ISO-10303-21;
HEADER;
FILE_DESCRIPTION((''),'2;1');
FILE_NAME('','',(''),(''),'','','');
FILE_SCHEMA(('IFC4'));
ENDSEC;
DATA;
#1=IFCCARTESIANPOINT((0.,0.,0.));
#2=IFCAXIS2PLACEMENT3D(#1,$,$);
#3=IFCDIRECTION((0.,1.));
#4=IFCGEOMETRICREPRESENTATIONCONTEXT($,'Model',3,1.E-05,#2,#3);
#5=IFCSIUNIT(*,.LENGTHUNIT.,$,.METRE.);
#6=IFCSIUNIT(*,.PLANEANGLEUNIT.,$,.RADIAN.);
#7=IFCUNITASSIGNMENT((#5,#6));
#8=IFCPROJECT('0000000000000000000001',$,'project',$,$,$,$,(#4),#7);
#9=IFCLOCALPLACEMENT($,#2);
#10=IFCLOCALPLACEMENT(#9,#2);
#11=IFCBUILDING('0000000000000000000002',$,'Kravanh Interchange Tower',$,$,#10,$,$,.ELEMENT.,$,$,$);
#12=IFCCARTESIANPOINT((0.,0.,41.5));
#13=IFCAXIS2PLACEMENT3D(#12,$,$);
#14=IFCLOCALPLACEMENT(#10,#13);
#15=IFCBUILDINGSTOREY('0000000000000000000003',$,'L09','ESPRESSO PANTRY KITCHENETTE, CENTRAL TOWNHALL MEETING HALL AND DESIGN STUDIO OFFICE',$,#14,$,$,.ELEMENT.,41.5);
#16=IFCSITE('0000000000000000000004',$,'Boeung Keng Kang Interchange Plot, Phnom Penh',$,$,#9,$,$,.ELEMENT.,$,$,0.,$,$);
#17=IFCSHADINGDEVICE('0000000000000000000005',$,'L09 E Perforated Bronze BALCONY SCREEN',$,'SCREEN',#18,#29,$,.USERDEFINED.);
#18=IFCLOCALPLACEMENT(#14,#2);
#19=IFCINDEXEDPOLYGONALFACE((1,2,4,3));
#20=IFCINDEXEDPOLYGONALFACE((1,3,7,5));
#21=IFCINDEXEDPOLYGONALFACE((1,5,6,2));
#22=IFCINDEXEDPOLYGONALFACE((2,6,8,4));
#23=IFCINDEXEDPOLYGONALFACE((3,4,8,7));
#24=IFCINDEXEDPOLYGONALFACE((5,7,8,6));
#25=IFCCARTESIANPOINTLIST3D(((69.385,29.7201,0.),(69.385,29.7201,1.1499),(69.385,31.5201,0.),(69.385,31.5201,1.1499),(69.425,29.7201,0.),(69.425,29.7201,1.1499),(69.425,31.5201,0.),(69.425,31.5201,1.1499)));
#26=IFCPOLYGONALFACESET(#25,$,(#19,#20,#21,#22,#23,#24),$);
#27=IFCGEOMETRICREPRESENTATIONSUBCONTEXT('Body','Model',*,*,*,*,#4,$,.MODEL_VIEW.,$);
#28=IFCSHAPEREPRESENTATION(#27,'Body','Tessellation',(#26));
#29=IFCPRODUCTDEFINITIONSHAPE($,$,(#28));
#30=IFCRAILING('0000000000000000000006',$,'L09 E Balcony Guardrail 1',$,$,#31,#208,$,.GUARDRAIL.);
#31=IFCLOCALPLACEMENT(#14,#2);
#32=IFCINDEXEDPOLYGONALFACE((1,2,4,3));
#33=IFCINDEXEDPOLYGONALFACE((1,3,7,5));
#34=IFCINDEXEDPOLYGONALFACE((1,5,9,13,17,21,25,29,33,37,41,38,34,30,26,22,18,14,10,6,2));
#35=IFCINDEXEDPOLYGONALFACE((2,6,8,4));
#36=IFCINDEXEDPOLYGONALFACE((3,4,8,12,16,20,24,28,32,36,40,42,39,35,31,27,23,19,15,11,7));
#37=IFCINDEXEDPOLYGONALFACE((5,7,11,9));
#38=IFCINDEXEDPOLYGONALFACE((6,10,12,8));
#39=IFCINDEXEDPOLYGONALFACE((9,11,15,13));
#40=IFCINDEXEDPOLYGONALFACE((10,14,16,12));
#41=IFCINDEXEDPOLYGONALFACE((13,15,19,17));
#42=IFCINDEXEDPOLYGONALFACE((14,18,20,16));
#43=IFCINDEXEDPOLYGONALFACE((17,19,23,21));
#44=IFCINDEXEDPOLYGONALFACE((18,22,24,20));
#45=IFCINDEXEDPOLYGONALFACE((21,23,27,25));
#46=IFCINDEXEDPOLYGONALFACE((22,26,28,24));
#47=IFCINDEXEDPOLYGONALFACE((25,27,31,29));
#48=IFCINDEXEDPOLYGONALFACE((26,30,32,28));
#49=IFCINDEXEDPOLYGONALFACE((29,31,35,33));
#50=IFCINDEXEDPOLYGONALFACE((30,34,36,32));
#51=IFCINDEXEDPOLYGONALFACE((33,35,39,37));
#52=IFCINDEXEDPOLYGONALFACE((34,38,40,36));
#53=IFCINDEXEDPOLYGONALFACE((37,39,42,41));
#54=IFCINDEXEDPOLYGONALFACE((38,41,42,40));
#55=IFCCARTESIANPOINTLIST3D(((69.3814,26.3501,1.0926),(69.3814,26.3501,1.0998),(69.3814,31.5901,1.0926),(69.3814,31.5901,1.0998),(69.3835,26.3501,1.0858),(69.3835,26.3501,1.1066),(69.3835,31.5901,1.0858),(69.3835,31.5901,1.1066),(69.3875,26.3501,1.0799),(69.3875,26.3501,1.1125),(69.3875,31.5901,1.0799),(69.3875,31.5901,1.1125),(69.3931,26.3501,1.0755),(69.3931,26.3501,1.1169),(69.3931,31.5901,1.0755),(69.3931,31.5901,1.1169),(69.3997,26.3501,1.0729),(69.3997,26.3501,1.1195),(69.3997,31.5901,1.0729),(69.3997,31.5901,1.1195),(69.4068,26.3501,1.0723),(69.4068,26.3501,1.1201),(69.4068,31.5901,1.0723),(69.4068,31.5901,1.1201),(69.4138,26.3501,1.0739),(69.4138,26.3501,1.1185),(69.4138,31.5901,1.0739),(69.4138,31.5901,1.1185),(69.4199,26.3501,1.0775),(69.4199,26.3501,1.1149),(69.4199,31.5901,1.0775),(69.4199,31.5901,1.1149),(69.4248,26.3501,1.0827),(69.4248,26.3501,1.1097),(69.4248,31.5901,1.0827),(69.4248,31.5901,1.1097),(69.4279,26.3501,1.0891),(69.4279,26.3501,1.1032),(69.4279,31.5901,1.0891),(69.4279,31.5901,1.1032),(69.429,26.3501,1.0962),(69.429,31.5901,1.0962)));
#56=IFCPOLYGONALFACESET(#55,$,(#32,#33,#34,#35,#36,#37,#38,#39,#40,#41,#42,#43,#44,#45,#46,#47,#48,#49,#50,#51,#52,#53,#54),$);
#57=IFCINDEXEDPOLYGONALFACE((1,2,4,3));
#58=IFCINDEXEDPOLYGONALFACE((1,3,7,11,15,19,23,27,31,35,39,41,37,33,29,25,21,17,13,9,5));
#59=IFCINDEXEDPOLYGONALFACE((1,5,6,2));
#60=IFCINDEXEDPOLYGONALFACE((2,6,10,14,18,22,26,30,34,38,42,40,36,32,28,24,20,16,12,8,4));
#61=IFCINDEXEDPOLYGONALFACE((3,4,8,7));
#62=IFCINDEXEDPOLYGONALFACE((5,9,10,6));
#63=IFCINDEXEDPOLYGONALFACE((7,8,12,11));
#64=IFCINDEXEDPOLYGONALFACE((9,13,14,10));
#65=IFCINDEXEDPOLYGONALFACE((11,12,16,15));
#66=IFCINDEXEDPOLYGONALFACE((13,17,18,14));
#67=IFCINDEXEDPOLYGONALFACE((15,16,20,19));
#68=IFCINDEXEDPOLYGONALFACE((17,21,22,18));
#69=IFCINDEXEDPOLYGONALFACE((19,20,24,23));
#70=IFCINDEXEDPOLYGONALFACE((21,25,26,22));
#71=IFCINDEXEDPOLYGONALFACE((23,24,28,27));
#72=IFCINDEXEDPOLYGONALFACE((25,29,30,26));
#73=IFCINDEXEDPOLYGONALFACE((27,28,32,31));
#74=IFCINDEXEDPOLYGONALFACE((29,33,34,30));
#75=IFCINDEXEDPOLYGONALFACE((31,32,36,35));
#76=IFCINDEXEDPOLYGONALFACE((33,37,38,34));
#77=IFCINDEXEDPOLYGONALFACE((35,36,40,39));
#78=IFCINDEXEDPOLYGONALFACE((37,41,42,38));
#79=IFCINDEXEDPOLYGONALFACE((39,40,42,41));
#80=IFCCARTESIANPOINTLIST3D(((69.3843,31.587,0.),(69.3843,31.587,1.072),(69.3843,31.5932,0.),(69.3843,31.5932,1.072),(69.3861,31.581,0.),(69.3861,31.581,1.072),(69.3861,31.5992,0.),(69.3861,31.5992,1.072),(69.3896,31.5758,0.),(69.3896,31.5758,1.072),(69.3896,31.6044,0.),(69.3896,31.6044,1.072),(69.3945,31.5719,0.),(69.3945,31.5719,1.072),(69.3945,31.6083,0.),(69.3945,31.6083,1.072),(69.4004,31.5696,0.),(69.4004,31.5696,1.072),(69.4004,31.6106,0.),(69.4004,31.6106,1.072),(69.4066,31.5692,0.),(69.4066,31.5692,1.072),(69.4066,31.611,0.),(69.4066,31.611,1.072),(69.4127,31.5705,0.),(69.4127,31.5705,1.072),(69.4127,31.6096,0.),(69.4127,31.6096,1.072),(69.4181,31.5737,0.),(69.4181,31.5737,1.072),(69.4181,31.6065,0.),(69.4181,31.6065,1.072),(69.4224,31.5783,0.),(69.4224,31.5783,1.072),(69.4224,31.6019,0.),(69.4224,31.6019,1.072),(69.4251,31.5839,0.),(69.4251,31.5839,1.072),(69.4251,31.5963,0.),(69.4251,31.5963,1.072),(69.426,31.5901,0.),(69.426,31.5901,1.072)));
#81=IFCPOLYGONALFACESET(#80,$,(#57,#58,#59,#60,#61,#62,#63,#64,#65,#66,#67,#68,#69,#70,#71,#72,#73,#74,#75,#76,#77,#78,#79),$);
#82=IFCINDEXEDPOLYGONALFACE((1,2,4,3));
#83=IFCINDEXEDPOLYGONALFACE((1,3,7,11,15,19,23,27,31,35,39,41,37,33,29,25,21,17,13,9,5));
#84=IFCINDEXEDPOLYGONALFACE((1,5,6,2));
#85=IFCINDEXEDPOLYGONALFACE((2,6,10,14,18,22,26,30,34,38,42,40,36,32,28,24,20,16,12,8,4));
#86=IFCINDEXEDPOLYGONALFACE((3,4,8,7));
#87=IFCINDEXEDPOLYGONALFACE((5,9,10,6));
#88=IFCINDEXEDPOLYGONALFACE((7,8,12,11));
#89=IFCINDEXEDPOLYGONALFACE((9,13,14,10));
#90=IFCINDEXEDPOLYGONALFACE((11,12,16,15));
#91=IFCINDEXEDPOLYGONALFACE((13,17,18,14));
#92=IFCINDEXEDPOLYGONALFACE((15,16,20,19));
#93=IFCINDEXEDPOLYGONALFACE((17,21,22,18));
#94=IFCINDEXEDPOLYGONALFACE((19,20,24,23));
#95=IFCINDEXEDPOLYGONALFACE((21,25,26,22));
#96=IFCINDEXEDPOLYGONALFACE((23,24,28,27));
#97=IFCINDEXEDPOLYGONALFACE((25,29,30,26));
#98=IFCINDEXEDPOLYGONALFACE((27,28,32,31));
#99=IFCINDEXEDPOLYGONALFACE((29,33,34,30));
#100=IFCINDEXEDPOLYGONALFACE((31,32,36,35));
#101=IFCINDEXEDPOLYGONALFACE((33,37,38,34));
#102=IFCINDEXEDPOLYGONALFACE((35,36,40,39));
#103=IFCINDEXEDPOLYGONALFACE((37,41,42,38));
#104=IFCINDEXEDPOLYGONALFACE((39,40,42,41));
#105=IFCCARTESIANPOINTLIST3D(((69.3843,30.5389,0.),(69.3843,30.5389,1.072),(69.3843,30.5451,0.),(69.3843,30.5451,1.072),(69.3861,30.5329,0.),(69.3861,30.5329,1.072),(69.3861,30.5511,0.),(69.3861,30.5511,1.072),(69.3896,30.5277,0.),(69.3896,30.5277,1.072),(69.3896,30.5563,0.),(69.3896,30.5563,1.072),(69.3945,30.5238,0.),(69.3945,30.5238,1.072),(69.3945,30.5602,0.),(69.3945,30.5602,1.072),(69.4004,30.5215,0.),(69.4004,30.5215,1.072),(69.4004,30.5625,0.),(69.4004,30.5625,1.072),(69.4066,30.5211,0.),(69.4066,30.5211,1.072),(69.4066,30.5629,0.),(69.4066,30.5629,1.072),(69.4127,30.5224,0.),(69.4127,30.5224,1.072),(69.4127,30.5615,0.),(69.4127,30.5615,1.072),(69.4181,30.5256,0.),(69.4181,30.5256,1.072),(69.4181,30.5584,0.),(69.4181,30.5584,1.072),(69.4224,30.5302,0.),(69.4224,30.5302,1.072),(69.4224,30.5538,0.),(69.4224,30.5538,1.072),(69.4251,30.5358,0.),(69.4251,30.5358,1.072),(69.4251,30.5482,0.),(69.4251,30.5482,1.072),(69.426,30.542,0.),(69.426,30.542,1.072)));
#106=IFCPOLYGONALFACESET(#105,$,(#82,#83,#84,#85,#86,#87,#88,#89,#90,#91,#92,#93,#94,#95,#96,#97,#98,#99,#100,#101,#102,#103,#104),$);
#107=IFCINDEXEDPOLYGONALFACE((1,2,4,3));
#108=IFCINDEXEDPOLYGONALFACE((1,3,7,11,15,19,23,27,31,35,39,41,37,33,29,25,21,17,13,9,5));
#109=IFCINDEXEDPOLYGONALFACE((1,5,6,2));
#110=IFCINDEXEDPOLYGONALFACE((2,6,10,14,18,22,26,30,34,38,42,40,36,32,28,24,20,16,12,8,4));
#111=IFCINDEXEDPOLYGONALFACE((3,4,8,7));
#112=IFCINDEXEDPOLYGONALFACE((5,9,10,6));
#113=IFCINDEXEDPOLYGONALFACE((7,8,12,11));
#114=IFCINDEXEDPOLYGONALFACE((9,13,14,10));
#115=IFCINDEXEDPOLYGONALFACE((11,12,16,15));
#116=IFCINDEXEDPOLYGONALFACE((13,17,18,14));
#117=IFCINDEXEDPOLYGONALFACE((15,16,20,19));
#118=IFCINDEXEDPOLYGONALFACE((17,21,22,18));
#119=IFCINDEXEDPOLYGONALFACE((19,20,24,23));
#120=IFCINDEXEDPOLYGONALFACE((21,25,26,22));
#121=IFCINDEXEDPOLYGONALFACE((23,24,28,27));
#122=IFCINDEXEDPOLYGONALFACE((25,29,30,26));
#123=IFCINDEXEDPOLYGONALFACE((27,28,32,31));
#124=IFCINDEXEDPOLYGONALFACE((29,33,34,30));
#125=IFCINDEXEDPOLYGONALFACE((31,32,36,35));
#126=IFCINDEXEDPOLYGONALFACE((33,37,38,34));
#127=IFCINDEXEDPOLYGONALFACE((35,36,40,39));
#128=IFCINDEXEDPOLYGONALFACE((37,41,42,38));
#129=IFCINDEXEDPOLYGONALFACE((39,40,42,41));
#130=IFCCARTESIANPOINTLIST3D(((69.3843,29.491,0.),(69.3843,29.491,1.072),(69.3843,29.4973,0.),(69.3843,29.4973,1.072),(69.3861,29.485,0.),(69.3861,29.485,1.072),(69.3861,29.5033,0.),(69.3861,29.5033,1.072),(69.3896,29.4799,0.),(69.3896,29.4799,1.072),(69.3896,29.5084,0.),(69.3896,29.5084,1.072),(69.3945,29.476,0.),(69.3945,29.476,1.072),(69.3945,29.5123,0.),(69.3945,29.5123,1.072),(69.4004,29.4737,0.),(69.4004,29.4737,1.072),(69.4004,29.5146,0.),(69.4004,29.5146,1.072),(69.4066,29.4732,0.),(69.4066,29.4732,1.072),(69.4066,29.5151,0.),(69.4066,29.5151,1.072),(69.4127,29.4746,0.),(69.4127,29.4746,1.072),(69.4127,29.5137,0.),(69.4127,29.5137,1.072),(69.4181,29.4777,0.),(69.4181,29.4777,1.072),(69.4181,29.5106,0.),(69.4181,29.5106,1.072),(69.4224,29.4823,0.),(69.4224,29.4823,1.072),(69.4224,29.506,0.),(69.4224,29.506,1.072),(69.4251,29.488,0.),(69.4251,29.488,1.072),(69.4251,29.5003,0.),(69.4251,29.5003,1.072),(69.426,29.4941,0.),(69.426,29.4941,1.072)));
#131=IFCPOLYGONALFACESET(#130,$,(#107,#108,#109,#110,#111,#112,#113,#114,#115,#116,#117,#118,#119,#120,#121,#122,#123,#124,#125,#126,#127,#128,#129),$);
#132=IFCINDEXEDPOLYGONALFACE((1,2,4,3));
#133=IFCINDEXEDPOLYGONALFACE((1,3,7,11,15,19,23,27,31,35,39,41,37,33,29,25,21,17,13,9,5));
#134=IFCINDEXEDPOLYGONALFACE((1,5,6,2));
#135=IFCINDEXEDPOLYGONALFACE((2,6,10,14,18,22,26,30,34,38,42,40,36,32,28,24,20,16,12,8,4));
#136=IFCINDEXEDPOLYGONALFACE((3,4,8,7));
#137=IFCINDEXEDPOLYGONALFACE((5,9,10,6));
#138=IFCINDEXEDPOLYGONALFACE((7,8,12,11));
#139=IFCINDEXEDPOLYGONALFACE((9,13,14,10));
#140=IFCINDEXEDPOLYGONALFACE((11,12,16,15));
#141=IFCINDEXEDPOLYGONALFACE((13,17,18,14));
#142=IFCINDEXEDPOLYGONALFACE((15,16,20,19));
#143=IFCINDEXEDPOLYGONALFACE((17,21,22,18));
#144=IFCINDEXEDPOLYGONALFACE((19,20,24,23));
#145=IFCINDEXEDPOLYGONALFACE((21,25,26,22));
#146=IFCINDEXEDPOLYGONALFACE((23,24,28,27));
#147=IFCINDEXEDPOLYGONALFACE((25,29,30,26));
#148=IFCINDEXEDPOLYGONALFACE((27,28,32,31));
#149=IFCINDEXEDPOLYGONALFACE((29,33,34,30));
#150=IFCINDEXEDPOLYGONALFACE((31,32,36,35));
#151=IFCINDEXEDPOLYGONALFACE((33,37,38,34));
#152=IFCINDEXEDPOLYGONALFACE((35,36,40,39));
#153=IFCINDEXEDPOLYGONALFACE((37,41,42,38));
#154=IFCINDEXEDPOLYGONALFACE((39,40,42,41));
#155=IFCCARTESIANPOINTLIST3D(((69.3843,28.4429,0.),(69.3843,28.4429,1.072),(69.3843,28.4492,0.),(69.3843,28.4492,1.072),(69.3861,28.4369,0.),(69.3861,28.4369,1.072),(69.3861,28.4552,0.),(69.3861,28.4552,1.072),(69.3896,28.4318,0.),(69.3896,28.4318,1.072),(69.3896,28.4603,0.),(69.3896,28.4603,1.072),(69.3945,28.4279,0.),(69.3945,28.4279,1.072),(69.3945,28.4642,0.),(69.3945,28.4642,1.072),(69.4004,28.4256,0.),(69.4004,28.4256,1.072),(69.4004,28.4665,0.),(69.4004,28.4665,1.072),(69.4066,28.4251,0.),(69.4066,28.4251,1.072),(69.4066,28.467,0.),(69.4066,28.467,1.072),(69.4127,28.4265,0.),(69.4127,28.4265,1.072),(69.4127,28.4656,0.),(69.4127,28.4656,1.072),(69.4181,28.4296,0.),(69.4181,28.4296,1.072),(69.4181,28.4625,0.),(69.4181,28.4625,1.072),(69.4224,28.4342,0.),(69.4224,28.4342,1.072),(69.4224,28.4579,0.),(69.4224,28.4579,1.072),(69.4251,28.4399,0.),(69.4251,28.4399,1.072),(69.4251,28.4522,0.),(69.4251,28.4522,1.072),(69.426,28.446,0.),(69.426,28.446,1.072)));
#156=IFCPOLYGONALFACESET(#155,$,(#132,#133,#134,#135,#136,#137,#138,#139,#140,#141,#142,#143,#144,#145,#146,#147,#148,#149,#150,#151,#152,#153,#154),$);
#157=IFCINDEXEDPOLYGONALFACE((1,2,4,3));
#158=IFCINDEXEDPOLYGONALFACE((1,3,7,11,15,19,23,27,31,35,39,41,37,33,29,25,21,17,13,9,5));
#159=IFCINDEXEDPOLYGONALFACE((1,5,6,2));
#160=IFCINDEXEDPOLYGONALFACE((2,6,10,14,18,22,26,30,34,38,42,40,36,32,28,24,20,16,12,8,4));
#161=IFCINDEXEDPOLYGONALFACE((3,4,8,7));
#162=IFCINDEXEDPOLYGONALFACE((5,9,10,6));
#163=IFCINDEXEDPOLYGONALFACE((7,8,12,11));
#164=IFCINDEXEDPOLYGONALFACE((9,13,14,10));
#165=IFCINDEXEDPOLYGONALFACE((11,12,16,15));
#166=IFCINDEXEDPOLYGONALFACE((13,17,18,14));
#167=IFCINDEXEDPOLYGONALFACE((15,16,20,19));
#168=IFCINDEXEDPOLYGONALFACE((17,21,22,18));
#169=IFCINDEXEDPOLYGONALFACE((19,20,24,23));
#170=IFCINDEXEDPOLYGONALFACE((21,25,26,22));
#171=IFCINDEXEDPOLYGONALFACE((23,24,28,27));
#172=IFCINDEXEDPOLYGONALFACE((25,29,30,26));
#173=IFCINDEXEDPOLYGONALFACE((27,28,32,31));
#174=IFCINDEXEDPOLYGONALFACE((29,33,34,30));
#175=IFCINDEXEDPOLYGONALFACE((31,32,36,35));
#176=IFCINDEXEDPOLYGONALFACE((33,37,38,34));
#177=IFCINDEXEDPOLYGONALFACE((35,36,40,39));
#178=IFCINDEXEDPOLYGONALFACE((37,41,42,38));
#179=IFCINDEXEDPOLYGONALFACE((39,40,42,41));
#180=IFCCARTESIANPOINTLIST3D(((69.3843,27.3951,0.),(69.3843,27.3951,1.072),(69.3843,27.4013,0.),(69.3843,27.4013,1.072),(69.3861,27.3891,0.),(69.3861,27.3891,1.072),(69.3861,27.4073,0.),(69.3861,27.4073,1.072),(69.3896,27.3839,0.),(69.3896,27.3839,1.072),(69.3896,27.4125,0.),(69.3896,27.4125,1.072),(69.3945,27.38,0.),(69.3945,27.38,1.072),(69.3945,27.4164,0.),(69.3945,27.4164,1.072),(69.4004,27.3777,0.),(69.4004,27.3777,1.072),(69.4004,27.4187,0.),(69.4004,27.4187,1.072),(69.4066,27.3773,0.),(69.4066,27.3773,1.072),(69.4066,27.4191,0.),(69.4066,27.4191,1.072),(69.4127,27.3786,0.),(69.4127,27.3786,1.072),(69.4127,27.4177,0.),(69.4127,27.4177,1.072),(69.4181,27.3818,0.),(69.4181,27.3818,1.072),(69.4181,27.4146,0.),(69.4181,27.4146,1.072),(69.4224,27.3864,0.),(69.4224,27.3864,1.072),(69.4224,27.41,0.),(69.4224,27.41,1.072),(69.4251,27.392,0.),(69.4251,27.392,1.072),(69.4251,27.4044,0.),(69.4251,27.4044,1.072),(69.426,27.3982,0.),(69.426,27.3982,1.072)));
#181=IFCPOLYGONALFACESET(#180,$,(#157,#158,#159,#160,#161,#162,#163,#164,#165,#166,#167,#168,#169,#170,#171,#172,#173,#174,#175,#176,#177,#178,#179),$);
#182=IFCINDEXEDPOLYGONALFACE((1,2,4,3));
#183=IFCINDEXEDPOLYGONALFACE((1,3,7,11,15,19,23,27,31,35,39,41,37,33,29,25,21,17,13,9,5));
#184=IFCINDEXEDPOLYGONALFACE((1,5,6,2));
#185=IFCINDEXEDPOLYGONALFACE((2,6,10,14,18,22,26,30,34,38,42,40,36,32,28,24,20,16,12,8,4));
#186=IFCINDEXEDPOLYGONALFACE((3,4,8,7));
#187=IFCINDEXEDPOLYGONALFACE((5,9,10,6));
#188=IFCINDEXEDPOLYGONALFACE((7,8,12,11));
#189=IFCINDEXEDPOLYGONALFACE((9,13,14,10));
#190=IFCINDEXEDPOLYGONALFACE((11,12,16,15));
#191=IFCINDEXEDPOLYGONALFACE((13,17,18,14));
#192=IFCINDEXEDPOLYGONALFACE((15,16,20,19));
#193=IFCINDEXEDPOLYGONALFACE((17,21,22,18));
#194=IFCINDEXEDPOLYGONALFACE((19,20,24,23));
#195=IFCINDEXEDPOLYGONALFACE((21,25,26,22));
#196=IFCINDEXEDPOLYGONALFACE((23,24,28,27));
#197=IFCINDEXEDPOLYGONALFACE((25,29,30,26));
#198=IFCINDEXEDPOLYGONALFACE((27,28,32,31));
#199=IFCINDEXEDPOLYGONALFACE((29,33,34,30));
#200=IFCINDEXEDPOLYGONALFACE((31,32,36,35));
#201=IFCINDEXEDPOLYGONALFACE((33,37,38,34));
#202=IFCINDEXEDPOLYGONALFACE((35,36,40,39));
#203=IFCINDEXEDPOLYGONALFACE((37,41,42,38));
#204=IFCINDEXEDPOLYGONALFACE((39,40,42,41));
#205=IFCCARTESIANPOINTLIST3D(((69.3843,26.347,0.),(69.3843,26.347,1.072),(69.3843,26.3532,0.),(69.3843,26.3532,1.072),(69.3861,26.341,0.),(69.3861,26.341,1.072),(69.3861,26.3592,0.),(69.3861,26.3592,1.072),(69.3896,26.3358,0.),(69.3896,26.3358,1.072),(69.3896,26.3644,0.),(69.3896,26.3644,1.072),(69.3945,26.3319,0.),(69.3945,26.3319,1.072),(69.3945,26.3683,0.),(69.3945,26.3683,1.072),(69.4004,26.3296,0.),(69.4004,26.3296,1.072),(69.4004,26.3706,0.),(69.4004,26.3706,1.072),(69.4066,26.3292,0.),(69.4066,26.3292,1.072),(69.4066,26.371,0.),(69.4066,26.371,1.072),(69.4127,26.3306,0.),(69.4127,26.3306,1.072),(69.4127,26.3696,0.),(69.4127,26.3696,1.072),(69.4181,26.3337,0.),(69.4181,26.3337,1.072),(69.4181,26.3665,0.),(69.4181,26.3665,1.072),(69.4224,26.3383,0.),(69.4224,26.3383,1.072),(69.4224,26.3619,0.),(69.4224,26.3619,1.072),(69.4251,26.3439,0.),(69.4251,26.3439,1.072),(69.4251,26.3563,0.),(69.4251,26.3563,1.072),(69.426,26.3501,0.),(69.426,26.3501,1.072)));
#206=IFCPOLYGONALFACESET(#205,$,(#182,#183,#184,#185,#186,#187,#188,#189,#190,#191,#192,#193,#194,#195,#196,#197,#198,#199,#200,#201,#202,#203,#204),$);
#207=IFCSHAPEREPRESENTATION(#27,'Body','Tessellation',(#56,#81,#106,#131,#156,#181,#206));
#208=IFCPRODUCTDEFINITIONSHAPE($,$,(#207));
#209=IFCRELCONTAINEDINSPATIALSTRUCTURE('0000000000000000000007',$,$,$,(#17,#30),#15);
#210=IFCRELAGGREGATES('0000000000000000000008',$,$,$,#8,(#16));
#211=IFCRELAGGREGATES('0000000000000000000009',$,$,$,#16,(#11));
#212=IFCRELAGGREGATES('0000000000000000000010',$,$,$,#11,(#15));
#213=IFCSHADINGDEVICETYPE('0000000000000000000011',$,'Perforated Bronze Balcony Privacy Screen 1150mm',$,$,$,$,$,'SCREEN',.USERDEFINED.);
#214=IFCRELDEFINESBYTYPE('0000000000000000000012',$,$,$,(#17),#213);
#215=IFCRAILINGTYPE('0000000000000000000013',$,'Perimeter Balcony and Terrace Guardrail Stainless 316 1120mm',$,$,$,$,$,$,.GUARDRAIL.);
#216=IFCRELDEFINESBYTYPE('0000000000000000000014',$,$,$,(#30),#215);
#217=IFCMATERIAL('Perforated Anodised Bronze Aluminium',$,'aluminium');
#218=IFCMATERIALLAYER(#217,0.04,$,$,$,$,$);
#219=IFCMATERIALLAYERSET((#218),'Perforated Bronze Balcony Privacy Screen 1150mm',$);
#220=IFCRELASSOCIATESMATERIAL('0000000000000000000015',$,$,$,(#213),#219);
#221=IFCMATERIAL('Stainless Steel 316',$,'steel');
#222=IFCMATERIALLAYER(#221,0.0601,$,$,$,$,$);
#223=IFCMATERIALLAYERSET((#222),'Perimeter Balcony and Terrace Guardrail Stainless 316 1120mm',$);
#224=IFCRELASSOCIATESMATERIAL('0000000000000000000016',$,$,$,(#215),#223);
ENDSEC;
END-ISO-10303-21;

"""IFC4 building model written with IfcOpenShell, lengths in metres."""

from ifc_helpers import new_model, si_unit, direction, frame, origin, origin_2d, place, context, subcontext, project, spatial, rectangle, circle, extrude, material, layer, layer_set, type_object, element, save


model = new_model("IFC4")

# Units and contexts
model_context = context("Model", 3, precision=1e-05, world=origin(), true_north=direction((0.0, 1.0)))
body_context = subcontext(model_context, "Body", "Model", "MODEL_VIEW")
ifc_project = project(units=[si_unit("LENGTHUNIT", "METRE"), si_unit("PLANEANGLEUNIT", "RADIAN")], contexts=[model_context])

# Site, building, storey
site_placement = place(None, origin())
site = spatial("IfcSite", under=ifc_project, at=site_placement, Name="Boeung Keng Kang Interchange Plot, Phnom Penh", CompositionType="ELEMENT", RefElevation=0.0)
building_placement = place(site_placement, origin())
building = spatial("IfcBuilding", under=site, at=building_placement, Name="Kravanh Interchange Tower", CompositionType="ELEMENT")
storey_placement = place(building_placement, frame((0.0, 0.0, 41.5)))
storey = spatial("IfcBuildingStorey", under=building, at=storey_placement, Name="L09", Description="ESPRESSO PANTRY KITCHENETTE, CENTRAL TOWNHALL MEETING HALL AND DESIGN STUDIO OFFICE", CompositionType="ELEMENT", Elevation=41.5)

# Shading device
ifc_material_1 = material(Name="Perforated Anodised Bronze Aluminium", Category="aluminium")
ifc_layer_1 = layer(ifc_material_1, 0.04)
ifc_layer_set_1 = layer_set([ifc_layer_1], Name="Perforated Bronze Balcony Privacy Screen 1150mm")
shading_device_type = type_object("IfcShadingDeviceType", Name="Perforated Bronze Balcony Privacy Screen 1150mm", ElementType="SCREEN", PredefinedType="USERDEFINED", material=ifc_layer_set_1)
shading_device_placement = place(storey_placement, frame((69.405, 30.6201, 0.0), z_axis=(0.0, 0.0, 1.0), x_axis=(1.0, 0.0, 0.0)))
element("IfcShadingDevice", 1, at=shading_device_placement, inside=storey, type_object=shading_device_type, Name="L09 E Perforated Bronze BALCONY SCREEN", ObjectType="SCREEN", PredefinedType="USERDEFINED", context=body_context, shape_type="SweptSolid", body=[
    extrude(rectangle(XDim=0.04, YDim=1.8, at=origin_2d()), origin(), (0.0, 0.0, 1.0), 1.1499),
])

# Railing
ifc_material_2 = material(Name="Stainless Steel 316", Category="steel")
ifc_layer_2 = layer(ifc_material_2, 0.0601)
ifc_layer_set_2 = layer_set([ifc_layer_2], Name="Perimeter Balcony and Terrace Guardrail Stainless 316 1120mm")
railing_type = type_object("IfcRailingType", Name="Perimeter Balcony and Terrace Guardrail Stainless 316 1120mm", PredefinedType="GUARDRAIL", material=ifc_layer_set_2)
railing_1_placement = place(storey_placement, frame((69.405, 31.5901, 0.0)))
element("IfcRailing", 2, at=railing_1_placement, inside=storey, type_object=railing_type, Name="L09 E Balcony Guardrail 1", PredefinedType="GUARDRAIL", context=body_context, shape_type="SweptSolid", body=[
    extrude(circle(Radius=0.0239, at=origin_2d()), frame((0.0, 0.0, 1.0962), z_axis=(0.0, -1.0, 0.0), x_axis=(1.0, 0.0, 0.0)), (0.0, 0.0, 1.0), 5.24),
    extrude(circle(Radius=0.021, at=origin_2d()), origin(), (0.0, 0.0, 1.0), 1.072),
    extrude(circle(Radius=0.021, at=origin_2d()), frame((0.0, -1.0481, 0.0)), (0.0, 0.0, 1.0), 1.072),
    extrude(circle(Radius=0.021, at=origin_2d()), frame((0.0, -2.0959, 0.0)), (0.0, 0.0, 1.0), 1.072),
    extrude(circle(Radius=0.021, at=origin_2d()), frame((0.0, -3.144, 0.0)), (0.0, 0.0, 1.0), 1.072),
    extrude(circle(Radius=0.021, at=origin_2d()), frame((0.0, -4.1919, 0.0)), (0.0, 0.0, 1.0), 1.072),
    extrude(circle(Radius=0.021, at=origin_2d()), frame((0.0, -5.24, 0.0)), (0.0, 0.0, 1.0), 1.072),
])

save(model, "model.ifc")
